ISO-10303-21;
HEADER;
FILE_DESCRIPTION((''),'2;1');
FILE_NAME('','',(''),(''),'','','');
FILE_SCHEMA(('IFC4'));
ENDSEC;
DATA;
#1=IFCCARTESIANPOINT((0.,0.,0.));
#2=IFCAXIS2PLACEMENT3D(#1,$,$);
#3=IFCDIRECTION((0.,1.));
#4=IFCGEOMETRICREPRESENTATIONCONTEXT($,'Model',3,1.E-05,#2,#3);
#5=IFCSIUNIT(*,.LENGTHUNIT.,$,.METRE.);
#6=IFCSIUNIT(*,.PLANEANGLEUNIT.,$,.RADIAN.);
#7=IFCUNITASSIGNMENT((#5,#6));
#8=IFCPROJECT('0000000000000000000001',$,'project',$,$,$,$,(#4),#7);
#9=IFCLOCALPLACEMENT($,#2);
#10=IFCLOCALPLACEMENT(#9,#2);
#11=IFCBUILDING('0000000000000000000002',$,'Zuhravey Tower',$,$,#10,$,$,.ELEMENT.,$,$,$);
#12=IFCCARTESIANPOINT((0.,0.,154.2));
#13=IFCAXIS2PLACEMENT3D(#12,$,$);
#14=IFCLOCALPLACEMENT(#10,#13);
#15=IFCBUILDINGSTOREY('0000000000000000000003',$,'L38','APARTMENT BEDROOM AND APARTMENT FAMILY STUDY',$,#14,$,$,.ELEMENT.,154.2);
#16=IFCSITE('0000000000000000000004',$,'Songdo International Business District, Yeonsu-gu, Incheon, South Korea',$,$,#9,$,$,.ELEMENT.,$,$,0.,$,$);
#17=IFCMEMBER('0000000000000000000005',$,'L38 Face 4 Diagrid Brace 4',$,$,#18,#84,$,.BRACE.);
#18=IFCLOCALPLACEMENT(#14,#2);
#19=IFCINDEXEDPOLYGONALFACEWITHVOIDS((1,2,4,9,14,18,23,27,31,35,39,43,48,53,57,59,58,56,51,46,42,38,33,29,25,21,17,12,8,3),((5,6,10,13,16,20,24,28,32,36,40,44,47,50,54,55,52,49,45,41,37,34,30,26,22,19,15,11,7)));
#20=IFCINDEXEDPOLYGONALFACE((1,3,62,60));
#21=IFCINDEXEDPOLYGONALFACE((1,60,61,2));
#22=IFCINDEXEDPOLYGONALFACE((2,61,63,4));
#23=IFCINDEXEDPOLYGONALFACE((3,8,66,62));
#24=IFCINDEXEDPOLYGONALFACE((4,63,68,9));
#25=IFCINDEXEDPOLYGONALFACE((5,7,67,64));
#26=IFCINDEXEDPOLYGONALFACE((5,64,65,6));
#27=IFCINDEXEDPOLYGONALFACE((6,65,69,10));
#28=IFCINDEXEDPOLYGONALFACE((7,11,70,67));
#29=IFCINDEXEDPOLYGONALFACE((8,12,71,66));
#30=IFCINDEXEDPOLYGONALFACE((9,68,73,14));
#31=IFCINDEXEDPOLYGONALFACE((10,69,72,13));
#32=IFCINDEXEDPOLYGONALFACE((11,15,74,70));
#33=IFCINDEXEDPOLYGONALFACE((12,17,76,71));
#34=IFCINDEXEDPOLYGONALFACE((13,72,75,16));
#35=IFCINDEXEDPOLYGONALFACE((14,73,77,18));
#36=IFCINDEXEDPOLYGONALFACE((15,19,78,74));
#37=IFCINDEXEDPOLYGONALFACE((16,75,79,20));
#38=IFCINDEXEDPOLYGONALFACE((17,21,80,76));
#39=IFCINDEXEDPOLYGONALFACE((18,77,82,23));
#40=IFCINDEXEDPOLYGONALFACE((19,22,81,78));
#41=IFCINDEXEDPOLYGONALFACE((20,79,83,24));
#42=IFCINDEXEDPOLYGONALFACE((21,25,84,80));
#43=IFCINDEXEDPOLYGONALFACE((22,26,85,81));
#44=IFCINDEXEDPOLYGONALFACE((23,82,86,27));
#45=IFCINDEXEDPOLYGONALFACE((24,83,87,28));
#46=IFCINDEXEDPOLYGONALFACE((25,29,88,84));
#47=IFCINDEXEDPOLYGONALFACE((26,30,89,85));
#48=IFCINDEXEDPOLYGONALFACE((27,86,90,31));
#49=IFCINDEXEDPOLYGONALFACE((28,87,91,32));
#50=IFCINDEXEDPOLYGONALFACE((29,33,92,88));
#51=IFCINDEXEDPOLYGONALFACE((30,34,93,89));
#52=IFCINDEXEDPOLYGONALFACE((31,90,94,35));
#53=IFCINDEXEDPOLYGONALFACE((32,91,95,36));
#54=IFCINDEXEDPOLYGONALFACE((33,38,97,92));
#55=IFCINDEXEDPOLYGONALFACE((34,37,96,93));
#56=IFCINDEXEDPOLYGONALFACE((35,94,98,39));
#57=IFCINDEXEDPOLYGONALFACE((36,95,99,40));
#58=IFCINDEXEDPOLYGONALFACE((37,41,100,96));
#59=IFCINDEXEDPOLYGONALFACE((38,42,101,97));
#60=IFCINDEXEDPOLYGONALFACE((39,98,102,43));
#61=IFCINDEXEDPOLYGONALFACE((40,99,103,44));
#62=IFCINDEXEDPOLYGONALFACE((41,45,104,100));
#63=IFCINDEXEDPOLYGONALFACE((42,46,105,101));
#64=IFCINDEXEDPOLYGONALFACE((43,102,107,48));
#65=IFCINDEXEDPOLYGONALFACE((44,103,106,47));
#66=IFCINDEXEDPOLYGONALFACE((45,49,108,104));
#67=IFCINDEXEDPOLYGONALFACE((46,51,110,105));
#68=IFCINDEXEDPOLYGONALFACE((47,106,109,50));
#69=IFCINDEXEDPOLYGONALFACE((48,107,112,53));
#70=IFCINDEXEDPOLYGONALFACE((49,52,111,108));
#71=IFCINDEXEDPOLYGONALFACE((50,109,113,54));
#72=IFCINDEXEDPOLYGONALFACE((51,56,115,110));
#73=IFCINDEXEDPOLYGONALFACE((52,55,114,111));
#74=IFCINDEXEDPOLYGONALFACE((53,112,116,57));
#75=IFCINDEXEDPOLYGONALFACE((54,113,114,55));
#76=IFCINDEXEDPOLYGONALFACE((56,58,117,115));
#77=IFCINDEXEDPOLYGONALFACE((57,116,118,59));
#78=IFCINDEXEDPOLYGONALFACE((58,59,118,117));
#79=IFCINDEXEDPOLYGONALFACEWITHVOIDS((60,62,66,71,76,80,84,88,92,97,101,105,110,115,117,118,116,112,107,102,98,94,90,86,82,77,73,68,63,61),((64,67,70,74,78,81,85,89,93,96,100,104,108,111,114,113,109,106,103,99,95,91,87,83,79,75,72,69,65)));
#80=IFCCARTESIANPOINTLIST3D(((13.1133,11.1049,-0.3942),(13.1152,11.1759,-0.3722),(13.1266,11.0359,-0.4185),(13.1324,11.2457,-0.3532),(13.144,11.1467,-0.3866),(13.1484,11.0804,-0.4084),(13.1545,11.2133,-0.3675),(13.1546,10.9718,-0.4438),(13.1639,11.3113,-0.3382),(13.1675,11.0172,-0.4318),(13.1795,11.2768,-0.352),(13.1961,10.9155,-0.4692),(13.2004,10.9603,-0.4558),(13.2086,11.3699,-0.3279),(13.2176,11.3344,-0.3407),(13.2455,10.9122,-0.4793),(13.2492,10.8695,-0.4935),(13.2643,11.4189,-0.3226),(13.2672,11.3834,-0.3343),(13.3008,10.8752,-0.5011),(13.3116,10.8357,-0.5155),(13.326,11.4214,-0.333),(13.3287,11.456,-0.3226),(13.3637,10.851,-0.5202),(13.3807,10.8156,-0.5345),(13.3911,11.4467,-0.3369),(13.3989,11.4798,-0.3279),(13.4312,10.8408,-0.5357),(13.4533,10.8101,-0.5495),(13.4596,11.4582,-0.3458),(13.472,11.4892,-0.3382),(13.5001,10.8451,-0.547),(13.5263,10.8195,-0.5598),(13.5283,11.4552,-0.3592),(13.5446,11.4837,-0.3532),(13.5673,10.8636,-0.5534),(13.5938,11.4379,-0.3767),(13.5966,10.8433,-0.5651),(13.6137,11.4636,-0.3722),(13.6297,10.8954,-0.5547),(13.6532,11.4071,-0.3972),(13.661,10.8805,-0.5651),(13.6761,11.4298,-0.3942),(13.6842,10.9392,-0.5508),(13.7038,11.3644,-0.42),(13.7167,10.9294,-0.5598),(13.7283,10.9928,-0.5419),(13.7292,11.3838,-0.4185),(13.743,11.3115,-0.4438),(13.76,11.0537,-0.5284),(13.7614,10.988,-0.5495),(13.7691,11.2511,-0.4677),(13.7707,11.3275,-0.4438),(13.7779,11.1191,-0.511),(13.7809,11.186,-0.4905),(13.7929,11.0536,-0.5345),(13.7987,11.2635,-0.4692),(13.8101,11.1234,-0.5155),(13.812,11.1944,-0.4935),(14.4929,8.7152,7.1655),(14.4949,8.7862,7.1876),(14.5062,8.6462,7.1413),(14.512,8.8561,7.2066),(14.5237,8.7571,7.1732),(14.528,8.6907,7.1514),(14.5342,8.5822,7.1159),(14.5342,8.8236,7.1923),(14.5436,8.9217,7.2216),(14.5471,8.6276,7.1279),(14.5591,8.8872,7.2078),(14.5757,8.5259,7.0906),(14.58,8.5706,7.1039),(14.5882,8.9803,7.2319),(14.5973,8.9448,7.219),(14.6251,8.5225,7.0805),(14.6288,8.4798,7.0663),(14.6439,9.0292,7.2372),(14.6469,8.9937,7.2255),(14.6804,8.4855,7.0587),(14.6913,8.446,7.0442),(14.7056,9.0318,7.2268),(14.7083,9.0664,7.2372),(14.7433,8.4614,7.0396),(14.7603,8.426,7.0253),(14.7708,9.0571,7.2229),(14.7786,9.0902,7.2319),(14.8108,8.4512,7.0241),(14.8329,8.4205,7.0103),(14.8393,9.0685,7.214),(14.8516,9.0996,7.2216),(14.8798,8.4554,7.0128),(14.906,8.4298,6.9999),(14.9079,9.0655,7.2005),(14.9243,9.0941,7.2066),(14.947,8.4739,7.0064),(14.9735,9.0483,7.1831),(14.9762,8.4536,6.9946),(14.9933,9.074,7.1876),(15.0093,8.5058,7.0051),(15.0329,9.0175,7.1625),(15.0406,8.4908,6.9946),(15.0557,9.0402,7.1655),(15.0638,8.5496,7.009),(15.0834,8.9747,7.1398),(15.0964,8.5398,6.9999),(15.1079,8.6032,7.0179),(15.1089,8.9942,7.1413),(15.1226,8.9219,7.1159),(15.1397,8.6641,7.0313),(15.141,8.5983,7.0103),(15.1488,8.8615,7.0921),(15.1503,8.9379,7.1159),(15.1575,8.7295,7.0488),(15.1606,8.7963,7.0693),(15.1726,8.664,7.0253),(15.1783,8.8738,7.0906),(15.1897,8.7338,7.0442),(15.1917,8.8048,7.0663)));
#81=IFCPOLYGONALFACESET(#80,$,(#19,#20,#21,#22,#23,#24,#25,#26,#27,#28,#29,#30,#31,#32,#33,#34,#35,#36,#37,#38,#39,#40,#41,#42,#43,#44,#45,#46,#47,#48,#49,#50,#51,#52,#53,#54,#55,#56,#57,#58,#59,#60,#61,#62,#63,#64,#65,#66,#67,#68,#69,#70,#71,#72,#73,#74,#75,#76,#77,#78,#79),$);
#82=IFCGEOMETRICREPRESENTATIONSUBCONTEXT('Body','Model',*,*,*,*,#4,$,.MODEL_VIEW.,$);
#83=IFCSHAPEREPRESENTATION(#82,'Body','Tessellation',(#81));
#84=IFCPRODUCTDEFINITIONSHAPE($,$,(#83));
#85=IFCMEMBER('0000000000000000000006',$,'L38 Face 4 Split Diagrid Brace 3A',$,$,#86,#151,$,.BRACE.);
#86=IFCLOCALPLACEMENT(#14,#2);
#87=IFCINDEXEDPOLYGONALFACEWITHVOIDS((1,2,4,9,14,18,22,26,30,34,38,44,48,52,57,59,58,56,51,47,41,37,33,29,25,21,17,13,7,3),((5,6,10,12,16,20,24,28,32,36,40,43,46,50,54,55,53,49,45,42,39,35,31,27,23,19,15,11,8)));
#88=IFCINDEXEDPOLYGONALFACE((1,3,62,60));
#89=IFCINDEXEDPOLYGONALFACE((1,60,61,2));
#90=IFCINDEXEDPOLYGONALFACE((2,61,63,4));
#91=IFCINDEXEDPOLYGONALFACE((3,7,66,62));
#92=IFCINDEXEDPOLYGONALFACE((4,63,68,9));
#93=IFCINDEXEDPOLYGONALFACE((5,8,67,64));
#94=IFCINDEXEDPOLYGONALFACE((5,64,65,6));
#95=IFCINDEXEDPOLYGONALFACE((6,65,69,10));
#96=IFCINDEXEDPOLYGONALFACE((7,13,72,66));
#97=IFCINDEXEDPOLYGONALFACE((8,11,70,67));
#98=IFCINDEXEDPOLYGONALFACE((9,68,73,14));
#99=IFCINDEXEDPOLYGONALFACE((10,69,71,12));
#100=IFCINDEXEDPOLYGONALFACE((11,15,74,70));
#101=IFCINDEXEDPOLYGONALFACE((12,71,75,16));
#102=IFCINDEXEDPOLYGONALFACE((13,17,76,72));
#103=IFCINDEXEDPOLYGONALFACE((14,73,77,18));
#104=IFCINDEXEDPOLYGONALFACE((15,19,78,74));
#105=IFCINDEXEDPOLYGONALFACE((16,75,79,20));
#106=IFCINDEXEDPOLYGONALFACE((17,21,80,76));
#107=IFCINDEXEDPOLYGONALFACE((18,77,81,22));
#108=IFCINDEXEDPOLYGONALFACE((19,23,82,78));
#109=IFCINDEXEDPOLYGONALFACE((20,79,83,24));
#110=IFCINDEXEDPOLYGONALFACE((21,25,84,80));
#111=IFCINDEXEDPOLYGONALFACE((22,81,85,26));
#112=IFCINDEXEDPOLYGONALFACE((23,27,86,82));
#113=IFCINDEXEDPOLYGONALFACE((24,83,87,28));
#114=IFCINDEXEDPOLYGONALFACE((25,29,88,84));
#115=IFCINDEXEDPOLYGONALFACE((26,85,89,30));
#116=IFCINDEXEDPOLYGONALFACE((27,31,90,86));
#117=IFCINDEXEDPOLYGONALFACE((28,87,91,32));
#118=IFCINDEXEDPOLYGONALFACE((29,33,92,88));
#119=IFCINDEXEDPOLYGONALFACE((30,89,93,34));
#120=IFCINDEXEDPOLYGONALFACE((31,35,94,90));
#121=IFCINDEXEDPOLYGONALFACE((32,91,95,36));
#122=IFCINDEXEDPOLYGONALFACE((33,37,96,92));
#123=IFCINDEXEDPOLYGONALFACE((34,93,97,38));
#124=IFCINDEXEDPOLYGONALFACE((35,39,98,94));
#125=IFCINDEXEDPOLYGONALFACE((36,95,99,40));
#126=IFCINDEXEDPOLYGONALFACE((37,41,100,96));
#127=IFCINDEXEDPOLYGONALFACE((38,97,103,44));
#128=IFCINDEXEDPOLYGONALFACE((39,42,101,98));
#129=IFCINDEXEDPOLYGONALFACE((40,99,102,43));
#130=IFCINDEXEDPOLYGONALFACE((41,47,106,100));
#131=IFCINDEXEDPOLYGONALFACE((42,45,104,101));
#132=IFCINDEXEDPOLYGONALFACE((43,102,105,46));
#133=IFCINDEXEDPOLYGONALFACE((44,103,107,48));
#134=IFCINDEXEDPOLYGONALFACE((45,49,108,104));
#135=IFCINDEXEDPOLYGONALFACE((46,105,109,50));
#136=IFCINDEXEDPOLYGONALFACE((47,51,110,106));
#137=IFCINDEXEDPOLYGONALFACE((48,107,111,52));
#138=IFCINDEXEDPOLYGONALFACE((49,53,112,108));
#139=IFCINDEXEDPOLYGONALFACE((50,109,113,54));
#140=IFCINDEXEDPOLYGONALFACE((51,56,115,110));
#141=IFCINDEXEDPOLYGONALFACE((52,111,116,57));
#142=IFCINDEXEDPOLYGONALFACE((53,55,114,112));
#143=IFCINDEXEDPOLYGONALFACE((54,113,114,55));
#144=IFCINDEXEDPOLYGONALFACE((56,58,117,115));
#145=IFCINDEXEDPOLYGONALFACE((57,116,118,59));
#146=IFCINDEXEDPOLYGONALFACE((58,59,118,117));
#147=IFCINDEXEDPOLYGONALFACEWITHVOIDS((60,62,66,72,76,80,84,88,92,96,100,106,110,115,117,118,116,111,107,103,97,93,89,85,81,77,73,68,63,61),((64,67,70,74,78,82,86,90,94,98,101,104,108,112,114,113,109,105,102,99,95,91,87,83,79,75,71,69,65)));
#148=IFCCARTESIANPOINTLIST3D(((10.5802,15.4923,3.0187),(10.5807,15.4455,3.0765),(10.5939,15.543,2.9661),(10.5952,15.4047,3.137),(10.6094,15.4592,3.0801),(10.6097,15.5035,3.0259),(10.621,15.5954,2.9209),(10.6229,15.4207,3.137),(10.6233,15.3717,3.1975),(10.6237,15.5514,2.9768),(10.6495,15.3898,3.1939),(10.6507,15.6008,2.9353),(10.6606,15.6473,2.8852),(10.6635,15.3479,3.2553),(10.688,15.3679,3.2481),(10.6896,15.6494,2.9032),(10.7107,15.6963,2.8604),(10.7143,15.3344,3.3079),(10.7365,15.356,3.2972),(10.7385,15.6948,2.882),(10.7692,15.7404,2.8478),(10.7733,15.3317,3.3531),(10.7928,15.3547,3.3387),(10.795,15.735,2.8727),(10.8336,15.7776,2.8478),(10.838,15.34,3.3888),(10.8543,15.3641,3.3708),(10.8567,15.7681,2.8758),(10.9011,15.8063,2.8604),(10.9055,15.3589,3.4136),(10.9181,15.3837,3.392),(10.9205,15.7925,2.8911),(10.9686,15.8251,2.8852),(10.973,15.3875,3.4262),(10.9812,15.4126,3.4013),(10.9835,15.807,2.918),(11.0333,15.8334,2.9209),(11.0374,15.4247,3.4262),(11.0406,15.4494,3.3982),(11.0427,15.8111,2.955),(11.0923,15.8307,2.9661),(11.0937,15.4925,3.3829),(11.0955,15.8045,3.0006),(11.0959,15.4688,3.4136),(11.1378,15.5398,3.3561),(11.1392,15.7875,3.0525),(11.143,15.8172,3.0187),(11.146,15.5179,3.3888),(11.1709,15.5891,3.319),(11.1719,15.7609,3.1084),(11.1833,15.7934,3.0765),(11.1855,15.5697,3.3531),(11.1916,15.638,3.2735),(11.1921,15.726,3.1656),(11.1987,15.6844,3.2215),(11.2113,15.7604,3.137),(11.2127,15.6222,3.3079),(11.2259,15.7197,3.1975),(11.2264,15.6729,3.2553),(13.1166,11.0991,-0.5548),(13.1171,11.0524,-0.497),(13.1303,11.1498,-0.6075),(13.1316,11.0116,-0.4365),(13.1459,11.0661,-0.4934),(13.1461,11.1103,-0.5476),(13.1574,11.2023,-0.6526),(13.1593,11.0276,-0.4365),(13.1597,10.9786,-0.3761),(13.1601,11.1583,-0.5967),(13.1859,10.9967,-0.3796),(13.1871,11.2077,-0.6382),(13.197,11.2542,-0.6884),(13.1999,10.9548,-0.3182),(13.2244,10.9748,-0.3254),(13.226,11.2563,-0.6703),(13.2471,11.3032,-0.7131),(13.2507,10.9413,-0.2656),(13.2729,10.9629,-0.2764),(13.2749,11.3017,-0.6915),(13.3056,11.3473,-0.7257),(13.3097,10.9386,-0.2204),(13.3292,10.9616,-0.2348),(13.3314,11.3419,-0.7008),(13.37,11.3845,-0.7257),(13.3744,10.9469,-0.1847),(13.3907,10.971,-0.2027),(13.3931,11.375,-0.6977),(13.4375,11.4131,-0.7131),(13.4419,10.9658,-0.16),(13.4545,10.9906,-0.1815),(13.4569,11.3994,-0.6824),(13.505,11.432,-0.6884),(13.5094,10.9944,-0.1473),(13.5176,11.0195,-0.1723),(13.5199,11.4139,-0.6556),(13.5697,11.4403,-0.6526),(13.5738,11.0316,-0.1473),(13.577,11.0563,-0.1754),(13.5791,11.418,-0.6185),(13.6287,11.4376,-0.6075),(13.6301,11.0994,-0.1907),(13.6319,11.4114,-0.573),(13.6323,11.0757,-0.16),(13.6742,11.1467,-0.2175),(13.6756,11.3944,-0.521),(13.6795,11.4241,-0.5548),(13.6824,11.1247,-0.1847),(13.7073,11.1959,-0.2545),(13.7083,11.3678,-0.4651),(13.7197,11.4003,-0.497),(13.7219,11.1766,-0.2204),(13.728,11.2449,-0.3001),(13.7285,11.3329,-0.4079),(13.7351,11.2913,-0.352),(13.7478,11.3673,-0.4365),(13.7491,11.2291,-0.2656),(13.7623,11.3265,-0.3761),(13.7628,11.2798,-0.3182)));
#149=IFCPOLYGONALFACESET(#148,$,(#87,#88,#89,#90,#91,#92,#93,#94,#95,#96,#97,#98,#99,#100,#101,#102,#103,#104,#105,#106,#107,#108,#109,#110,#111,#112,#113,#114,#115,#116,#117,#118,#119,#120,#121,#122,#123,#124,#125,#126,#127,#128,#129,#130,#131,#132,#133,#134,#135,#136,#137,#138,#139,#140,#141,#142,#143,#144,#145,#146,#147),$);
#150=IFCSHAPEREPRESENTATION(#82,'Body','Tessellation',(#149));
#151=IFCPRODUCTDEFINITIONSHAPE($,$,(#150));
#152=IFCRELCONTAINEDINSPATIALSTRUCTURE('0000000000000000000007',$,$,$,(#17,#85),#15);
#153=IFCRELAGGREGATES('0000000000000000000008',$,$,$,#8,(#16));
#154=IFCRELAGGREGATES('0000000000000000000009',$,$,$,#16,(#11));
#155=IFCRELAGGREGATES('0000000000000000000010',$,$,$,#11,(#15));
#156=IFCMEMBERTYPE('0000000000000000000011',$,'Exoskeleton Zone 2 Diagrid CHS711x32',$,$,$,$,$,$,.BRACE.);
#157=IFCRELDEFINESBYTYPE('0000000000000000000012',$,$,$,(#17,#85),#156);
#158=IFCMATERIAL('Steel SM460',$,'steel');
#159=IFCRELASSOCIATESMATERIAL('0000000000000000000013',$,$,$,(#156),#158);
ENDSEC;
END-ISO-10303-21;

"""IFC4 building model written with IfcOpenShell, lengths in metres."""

from ifc_helpers import new_model, si_unit, direction, frame, origin, origin_2d, place, context, subcontext, project, spatial, hollow_circle, extrude, material, material_profile, profile_set, type_object, element, save


model = new_model("IFC4")

# Units and contexts
model_context = context("Model", 3, precision=1e-05, world=origin(), true_north=direction((0.0, 1.0)))
body_context = subcontext(model_context, "Body", "Model", "MODEL_VIEW")
ifc_project = project(units=[si_unit("LENGTHUNIT", "METRE"), si_unit("PLANEANGLEUNIT", "RADIAN")], contexts=[model_context])

# Site, building, storey
site_placement = place(None, origin())
site = spatial("IfcSite", under=ifc_project, at=site_placement, Name="Songdo International Business District, Yeonsu-gu, Incheon, South Korea", CompositionType="ELEMENT", RefElevation=0.0)
building_placement = place(site_placement, origin())
building = spatial("IfcBuilding", under=site, at=building_placement, Name="Zuhravey Tower", CompositionType="ELEMENT")
storey_placement = place(building_placement, frame((0.0, 0.0, 154.2)))
storey = spatial("IfcBuildingStorey", under=building, at=storey_placement, Name="L38", Description="APARTMENT BEDROOM AND APARTMENT FAMILY STUDY", CompositionType="ELEMENT", Elevation=154.2)

# Members
ifc_material_1 = material(Name="Steel SM460", Category="steel")
ifc_material_profile_1 = material_profile(ifc_material_1, hollow_circle(Radius=0.3557, WallThickness=0.032, at=origin_2d()), Name="CHS-711.2x32")
ifc_profile_set_1 = profile_set([ifc_material_profile_1], Name="Steel SM460")
member_type_1 = type_object("IfcMemberType", Name="Exoskeleton Zone 2 Diagrid CHS711x32", PredefinedType="BRACE", material=ifc_profile_set_1)
member_1_placement = place(storey_placement, frame((13.4626, 11.1497, -0.4438), z_axis=(0.171434, -0.296938, 0.939382), x_axis=(0.866029, 0.499993, 0.0)))
element("IfcMember", 1, at=member_1_placement, inside=storey, type_object=member_type_1, Name="L38 Face 4 Diagrid Brace 4", PredefinedType="BRACE", context=body_context, shape_type="SweptSolid", body=[
    extrude(hollow_circle(Radius=0.3557, WallThickness=0.032, at=origin_2d()), origin(), (0.0, 0.0, 1.0), 8.0476),
])
member_2_placement = place(storey_placement, frame((13.4397, 11.1895, -0.4365), z_axis=(-0.408763, 0.707988, 0.575904), x_axis=(-0.866022, -0.500006, 0.0)))
element("IfcMember", 2, at=member_2_placement, inside=storey, type_object=member_type_1, Name="L38 Face 4 Split Diagrid Brace 3A", PredefinedType="BRACE", context=body_context, shape_type="SweptSolid", body=[
    extrude(hollow_circle(Radius=0.3557, WallThickness=0.032, at=origin_2d()), origin(), (0.0, 0.0, 1.0), 6.2051),
])

save(model, "model.ifc")
